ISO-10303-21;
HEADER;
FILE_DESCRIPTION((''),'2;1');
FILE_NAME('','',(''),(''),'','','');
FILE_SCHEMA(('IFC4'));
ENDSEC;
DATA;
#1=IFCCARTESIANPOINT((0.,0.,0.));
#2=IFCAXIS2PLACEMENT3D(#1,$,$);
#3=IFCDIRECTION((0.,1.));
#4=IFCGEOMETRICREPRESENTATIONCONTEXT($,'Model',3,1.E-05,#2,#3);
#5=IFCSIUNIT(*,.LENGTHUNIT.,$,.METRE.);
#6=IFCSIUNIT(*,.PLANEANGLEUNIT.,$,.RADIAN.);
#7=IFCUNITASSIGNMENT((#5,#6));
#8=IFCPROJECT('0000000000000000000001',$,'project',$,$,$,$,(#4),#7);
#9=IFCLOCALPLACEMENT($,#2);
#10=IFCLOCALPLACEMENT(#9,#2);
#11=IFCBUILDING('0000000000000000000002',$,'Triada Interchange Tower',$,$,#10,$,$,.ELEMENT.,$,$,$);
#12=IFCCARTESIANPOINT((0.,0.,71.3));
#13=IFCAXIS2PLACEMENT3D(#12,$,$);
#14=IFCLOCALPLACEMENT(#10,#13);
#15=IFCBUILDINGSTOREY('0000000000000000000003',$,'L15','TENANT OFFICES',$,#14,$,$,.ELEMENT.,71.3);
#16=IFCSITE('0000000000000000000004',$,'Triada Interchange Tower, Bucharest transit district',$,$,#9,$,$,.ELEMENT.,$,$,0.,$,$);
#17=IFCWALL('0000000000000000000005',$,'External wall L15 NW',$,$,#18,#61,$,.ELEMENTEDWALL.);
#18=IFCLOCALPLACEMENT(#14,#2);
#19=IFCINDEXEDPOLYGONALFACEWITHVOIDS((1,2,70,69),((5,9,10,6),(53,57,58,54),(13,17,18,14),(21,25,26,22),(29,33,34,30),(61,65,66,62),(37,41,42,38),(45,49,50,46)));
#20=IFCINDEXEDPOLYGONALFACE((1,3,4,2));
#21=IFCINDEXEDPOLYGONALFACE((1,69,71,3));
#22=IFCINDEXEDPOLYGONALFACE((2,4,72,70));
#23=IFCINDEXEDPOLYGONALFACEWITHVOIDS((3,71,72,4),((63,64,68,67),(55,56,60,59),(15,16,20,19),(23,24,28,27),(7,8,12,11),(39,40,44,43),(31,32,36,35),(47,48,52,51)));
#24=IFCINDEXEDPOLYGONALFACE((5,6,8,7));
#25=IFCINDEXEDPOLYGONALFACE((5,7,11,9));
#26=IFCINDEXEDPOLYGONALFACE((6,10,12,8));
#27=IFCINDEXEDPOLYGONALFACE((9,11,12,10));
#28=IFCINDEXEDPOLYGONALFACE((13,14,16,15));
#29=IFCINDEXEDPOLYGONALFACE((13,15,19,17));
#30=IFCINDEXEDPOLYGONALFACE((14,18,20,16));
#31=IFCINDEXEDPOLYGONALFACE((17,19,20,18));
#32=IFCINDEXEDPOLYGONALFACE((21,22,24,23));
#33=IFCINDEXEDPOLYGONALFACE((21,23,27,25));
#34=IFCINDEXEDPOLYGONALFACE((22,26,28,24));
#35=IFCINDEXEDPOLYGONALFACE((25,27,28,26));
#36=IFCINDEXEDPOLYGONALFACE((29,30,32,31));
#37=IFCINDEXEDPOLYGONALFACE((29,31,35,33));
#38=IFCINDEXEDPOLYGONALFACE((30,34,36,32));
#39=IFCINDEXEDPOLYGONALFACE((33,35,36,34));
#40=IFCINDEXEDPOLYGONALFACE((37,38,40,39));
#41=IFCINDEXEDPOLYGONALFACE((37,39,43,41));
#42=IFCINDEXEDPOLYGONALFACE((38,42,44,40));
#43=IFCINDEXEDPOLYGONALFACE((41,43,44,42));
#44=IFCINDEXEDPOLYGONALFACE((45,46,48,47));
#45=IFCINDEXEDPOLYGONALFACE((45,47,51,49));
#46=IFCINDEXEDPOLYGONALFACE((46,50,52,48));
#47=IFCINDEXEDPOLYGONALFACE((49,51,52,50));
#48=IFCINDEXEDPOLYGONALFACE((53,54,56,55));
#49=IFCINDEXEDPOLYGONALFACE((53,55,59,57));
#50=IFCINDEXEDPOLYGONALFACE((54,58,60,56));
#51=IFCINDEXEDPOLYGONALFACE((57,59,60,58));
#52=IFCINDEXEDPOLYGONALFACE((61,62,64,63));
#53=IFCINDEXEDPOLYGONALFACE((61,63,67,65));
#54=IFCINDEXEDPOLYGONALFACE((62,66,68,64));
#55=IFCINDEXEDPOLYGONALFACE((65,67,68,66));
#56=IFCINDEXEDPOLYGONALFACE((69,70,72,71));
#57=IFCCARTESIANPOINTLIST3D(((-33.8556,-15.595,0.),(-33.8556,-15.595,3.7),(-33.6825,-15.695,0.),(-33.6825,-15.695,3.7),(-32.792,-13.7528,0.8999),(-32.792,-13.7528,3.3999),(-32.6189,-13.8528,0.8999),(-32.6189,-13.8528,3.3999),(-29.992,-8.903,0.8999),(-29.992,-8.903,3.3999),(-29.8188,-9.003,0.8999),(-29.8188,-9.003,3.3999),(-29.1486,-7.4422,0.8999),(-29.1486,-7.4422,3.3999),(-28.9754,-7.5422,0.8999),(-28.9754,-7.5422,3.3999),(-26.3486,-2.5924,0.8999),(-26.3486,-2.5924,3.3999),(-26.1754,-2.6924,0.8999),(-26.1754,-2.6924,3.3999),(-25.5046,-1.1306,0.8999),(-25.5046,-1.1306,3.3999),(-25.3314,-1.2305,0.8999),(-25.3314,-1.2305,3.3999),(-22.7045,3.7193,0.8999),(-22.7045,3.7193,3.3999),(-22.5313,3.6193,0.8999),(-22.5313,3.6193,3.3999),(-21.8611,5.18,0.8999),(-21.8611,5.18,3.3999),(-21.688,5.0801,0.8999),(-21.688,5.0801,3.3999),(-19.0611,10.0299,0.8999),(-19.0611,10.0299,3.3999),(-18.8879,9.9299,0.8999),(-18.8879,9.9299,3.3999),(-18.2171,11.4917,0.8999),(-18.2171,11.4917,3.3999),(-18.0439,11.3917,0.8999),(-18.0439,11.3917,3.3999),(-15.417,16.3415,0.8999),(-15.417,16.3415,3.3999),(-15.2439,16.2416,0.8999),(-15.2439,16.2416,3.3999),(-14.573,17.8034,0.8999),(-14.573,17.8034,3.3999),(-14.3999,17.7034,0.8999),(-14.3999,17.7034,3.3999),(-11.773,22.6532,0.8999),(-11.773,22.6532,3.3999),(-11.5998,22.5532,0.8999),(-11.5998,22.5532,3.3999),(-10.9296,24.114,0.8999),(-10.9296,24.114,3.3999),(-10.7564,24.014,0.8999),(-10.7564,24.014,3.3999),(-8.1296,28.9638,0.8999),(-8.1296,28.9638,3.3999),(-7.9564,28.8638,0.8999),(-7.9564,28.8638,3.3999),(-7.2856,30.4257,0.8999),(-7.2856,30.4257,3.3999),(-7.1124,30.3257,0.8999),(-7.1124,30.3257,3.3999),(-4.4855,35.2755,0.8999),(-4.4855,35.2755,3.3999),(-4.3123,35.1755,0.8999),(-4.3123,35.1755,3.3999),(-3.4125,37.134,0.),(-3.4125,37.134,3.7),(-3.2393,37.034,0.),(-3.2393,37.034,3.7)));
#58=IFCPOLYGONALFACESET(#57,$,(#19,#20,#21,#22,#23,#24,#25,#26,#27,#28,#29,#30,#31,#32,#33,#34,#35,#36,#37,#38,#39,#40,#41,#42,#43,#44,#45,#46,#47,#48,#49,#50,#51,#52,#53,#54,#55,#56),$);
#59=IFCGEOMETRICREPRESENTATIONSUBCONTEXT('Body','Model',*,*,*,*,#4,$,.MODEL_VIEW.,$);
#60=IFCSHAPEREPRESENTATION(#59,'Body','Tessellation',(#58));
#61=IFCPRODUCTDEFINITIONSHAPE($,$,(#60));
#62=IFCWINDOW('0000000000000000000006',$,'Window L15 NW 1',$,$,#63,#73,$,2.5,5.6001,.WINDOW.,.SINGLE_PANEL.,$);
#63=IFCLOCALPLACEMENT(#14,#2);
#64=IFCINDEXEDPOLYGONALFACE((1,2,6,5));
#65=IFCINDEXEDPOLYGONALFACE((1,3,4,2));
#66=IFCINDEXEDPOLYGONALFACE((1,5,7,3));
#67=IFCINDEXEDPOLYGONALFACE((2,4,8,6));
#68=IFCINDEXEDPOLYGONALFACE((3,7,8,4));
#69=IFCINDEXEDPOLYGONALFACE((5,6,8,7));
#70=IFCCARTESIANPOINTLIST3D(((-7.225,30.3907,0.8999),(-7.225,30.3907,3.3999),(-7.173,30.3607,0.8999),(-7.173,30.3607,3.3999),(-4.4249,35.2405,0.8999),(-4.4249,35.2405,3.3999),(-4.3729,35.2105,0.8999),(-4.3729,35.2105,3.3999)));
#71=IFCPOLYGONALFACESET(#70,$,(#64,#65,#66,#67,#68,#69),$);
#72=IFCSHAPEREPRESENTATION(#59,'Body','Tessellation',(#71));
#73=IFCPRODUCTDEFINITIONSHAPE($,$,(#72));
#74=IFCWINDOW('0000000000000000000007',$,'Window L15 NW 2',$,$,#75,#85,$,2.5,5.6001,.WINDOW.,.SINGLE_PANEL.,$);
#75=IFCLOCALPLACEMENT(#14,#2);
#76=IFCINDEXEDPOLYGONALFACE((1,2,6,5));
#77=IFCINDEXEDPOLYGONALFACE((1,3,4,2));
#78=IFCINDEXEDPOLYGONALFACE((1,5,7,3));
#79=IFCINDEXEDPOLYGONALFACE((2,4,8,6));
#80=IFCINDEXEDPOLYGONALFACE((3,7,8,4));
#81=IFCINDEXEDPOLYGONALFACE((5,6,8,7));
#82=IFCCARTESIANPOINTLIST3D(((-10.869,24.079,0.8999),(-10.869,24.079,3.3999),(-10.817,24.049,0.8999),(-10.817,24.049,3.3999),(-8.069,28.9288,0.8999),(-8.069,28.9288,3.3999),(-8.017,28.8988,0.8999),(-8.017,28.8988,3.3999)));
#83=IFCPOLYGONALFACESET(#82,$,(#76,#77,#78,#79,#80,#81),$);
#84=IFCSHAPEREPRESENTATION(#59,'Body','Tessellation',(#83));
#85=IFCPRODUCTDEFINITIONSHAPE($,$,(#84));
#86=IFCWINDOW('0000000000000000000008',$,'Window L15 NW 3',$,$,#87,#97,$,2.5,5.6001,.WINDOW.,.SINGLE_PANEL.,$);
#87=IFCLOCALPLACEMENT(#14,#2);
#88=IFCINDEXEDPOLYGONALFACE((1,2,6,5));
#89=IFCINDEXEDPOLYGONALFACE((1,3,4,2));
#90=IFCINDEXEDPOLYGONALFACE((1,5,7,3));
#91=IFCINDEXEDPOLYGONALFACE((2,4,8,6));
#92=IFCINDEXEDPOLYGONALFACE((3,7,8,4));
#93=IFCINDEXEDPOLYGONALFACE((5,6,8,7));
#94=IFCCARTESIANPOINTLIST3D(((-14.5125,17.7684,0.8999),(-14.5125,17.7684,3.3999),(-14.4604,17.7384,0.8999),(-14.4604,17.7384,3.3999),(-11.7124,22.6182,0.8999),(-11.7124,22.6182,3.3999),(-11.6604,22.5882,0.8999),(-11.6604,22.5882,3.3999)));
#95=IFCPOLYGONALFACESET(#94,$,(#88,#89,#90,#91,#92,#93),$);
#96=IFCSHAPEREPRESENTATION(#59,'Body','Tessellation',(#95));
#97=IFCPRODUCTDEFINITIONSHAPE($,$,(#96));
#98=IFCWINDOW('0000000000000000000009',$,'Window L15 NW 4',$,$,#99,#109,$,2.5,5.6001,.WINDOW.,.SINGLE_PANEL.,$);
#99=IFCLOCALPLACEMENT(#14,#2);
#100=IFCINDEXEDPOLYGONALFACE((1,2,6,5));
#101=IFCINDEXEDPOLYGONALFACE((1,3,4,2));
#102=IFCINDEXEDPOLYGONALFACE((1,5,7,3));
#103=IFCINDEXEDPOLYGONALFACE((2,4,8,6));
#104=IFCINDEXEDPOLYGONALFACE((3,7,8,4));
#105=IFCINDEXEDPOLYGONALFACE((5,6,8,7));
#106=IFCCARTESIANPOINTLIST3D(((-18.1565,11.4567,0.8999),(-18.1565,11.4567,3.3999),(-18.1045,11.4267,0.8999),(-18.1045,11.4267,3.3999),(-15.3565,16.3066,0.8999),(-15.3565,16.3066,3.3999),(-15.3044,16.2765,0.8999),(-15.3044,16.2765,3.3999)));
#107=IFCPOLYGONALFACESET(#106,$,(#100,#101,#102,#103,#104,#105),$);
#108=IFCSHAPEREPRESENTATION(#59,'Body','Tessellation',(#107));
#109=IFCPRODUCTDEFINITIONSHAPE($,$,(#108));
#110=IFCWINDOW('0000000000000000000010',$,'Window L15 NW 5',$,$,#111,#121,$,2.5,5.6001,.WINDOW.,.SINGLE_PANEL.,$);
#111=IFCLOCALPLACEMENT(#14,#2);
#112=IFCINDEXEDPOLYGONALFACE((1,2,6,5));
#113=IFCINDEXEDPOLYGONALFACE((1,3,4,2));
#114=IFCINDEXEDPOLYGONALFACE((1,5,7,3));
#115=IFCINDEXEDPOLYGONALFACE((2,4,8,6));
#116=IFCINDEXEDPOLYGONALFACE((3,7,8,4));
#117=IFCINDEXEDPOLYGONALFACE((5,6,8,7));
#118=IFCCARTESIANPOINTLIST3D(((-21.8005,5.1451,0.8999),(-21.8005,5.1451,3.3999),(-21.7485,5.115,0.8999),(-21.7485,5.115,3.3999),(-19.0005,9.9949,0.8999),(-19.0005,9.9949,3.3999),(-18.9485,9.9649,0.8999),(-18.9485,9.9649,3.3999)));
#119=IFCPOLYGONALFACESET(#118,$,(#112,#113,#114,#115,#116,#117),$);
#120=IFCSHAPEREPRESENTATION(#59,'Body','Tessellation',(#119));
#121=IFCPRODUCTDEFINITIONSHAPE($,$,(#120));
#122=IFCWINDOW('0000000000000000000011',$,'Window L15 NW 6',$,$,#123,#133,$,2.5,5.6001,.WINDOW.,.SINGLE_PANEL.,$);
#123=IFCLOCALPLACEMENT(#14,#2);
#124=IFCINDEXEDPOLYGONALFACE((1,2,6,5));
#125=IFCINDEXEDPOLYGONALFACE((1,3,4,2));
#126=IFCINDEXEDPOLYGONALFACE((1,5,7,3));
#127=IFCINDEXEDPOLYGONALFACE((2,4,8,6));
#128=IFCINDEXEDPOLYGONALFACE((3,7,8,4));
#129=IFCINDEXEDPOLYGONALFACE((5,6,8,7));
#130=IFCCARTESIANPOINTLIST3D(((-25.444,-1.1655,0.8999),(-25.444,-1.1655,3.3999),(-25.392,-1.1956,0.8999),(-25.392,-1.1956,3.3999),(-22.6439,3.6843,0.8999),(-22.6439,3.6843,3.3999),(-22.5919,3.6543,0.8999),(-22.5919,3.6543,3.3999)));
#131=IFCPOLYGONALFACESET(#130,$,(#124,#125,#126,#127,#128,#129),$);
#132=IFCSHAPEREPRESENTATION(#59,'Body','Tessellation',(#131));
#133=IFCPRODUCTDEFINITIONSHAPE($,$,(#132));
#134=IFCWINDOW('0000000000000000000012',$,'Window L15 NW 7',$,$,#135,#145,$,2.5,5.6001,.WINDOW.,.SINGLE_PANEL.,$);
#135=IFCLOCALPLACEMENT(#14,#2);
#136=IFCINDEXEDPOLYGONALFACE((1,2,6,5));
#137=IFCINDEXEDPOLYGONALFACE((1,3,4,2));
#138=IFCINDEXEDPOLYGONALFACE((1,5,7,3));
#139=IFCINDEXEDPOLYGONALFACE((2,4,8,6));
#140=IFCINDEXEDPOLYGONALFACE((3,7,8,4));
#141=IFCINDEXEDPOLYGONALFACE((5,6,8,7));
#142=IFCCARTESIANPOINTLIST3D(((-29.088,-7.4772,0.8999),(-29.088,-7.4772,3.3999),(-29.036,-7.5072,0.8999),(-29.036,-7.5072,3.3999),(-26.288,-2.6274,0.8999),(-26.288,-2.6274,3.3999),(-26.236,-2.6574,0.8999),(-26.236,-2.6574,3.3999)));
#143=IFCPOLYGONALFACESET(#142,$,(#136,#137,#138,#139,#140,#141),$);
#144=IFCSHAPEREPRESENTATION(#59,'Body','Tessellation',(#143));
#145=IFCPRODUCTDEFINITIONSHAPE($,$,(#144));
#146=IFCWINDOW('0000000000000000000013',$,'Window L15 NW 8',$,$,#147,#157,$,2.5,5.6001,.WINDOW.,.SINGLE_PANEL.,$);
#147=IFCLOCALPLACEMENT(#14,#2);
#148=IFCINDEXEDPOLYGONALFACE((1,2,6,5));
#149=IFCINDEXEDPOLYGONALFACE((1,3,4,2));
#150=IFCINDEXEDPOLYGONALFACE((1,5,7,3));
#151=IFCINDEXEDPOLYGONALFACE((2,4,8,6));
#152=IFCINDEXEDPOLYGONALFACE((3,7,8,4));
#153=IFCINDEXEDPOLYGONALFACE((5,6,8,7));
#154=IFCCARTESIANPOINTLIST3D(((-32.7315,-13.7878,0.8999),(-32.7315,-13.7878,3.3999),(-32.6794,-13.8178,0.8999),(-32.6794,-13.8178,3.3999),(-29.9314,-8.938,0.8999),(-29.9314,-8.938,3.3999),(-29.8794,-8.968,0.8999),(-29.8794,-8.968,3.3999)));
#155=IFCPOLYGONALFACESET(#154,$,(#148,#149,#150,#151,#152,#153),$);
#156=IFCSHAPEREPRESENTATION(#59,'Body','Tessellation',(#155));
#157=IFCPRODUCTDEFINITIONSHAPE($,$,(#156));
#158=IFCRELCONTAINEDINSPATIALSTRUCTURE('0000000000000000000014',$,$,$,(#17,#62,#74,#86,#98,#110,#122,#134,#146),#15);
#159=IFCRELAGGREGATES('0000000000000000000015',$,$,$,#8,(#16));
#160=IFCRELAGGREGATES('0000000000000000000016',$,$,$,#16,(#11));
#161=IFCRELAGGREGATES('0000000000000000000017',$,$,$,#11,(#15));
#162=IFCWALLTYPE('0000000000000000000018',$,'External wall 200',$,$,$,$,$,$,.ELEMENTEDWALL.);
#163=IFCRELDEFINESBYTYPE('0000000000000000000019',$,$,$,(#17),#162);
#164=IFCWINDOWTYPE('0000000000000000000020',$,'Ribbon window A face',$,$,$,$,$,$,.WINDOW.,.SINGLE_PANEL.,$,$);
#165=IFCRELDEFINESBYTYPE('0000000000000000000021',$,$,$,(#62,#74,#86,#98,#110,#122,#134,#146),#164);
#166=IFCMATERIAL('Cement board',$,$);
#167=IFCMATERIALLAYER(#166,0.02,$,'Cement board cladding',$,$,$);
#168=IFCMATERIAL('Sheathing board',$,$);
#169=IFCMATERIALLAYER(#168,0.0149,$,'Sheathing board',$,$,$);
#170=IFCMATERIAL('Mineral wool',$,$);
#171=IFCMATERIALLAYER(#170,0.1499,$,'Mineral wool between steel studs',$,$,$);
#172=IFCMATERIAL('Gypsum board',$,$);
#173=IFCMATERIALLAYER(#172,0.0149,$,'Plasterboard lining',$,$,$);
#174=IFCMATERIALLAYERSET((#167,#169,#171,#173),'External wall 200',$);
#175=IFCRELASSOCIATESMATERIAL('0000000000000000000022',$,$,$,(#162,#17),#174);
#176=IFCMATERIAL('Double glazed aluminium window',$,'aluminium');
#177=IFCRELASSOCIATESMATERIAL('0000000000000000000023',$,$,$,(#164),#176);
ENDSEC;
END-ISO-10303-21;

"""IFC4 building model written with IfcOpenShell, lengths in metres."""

from ifc_helpers import new_model, si_unit, direction, frame, frame_2d, origin, place, context, subcontext, project, spatial, rectangle, extrude, material, layer, layer_set, layer_usage, type_object, element, fill, save


model = new_model("IFC4")

# Units and contexts
model_context = context("Model", 3, precision=1e-05, world=origin(), true_north=direction((0.0, 1.0)))
body_context = subcontext(model_context, "Body", "Model", "MODEL_VIEW")
ifc_project = project(units=[si_unit("LENGTHUNIT", "METRE"), si_unit("PLANEANGLEUNIT", "RADIAN")], contexts=[model_context])

# Site, building, storey
site_placement = place(None, origin())
site = spatial("IfcSite", under=ifc_project, at=site_placement, Name="Triada Interchange Tower, Bucharest transit district", CompositionType="ELEMENT", RefElevation=0.0)
building_placement = place(site_placement, origin())
building = spatial("IfcBuilding", under=site, at=building_placement, Name="Triada Interchange Tower", CompositionType="ELEMENT")
storey_placement = place(building_placement, frame((0.0, 0.0, 71.3)))
storey = spatial("IfcBuildingStorey", under=building, at=storey_placement, Name="L15", Description="TENANT OFFICES", CompositionType="ELEMENT", Elevation=71.3)

# Wall, openings, windows
ifc_material_1 = material(Name="Cement board")
ifc_layer_1 = layer(ifc_material_1, 0.02, Name="Cement board cladding")
ifc_material_2 = material(Name="Sheathing board")
ifc_layer_2 = layer(ifc_material_2, 0.0149, Name="Sheathing board")
ifc_material_3 = material(Name="Mineral wool")
ifc_layer_3 = layer(ifc_material_3, 0.1499, Name="Mineral wool between steel studs")
ifc_material_4 = material(Name="Gypsum board")
ifc_layer_4 = layer(ifc_material_4, 0.0149, Name="Plasterboard lining")
ifc_layer_set_1 = layer_set([ifc_layer_1, ifc_layer_2, ifc_layer_3, ifc_layer_4], Name="External wall 200")
ifc_layer_usage = layer_usage(ifc_layer_set_1, "AXIS2", "POSITIVE", -0.1001)
wall_type_1 = type_object("IfcWallType", Name="External wall 200", PredefinedType="ELEMENTEDWALL", material=ifc_layer_set_1)
wall_1_placement = place(storey_placement, frame((-3.3259, 37.084, 0.0), z_axis=(0.0, 0.0, 1.0), x_axis=(-0.5, -0.866025, 0.0)))
wall_1 = element("IfcWall", 1, at=wall_1_placement, inside=storey, type_object=wall_type_1, material=ifc_layer_usage, Name="External wall L15 NW", PredefinedType="ELEMENTEDWALL", context=body_context, shape_type="SweptSolid", body=[
    extrude(rectangle(XDim=60.8862, YDim=0.2, at=frame_2d((30.4431, 0.0))), origin(), (0.0, 0.0, 1.0), 3.7),
])
opening_1_placement = place(wall_1_placement, frame((2.146, 0.0, 0.8999)))
opening_1 = element("IfcOpeningElement", 2, at=opening_1_placement, cuts=wall_1, PredefinedType="OPENING", context=body_context, shape_type="SweptSolid", body=[
    extrude(rectangle(XDim=5.6001, YDim=2.5, at=frame_2d((2.8, 1.25))), frame((0.0, 0.1099, 0.0), z_axis=(0.0, -1.0, 0.0), x_axis=(1.0, 0.0, 0.0)), (0.0, 0.0, 1.0), 0.22),
])
opening_2_placement = place(wall_1_placement, frame((9.4341, 0.0, 0.8999)))
opening_2 = element("IfcOpeningElement", 3, at=opening_2_placement, cuts=wall_1, PredefinedType="OPENING", context=body_context, shape_type="SweptSolid", body=[
    extrude(rectangle(XDim=5.6001, YDim=2.5, at=frame_2d((2.8, 1.25))), frame((0.0, 0.1099, 0.0), z_axis=(0.0, -1.0, 0.0), x_axis=(1.0, 0.0, 0.0)), (0.0, 0.0, 1.0), 0.22),
])
opening_3_placement = place(wall_1_placement, frame((16.7209, 0.0, 0.8999)))
opening_3 = element("IfcOpeningElement", 4, at=opening_3_placement, cuts=wall_1, PredefinedType="OPENING", context=body_context, shape_type="SweptSolid", body=[
    extrude(rectangle(XDim=5.6001, YDim=2.5, at=frame_2d((2.8, 1.25))), frame((0.0, 0.1099, 0.0), z_axis=(0.0, -1.0, 0.0), x_axis=(1.0, 0.0, 0.0)), (0.0, 0.0, 1.0), 0.22),
])
opening_4_placement = place(wall_1_placement, frame((24.009, 0.0, 0.8999)))
opening_4 = element("IfcOpeningElement", 5, at=opening_4_placement, cuts=wall_1, PredefinedType="OPENING", context=body_context, shape_type="SweptSolid", body=[
    extrude(rectangle(XDim=5.6001, YDim=2.5, at=frame_2d((2.8, 1.25))), frame((0.0, 0.1099, 0.0), z_axis=(0.0, -1.0, 0.0), x_axis=(1.0, 0.0, 0.0)), (0.0, 0.0, 1.0), 0.22),
])
opening_5_placement = place(wall_1_placement, frame((31.2971, 0.0, 0.8999)))
opening_5 = element("IfcOpeningElement", 6, at=opening_5_placement, cuts=wall_1, PredefinedType="OPENING", context=body_context, shape_type="SweptSolid", body=[
    extrude(rectangle(XDim=5.6001, YDim=2.5, at=frame_2d((2.8, 1.25))), frame((0.0, 0.1099, 0.0), z_axis=(0.0, -1.0, 0.0), x_axis=(1.0, 0.0, 0.0)), (0.0, 0.0, 1.0), 0.22),
])
opening_6_placement = place(wall_1_placement, frame((38.584, 0.0, 0.8999)))
opening_6 = element("IfcOpeningElement", 7, at=opening_6_placement, cuts=wall_1, PredefinedType="OPENING", context=body_context, shape_type="SweptSolid", body=[
    extrude(rectangle(XDim=5.6001, YDim=2.5, at=frame_2d((2.8, 1.25))), frame((0.0, 0.1099, 0.0), z_axis=(0.0, -1.0, 0.0), x_axis=(1.0, 0.0, 0.0)), (0.0, 0.0, 1.0), 0.22),
])
opening_7_placement = place(wall_1_placement, frame((45.8721, 0.0, 0.8999)))
opening_7 = element("IfcOpeningElement", 8, at=opening_7_placement, cuts=wall_1, PredefinedType="OPENING", context=body_context, shape_type="SweptSolid", body=[
    extrude(rectangle(XDim=5.6001, YDim=2.5, at=frame_2d((2.8, 1.25))), frame((0.0, 0.1099, 0.0), z_axis=(0.0, -1.0, 0.0), x_axis=(1.0, 0.0, 0.0)), (0.0, 0.0, 1.0), 0.22),
])
opening_8_placement = place(wall_1_placement, frame((53.1589, 0.0, 0.8999)))
opening_8 = element("IfcOpeningElement", 9, at=opening_8_placement, cuts=wall_1, PredefinedType="OPENING", context=body_context, shape_type="SweptSolid", body=[
    extrude(rectangle(XDim=5.6001, YDim=2.5, at=frame_2d((2.8, 1.25))), frame((0.0, 0.1099, 0.0), z_axis=(0.0, -1.0, 0.0), x_axis=(1.0, 0.0, 0.0)), (0.0, 0.0, 1.0), 0.22),
])
ifc_material_5 = material(Name="Double glazed aluminium window", Category="aluminium")
window_type = type_object("IfcWindowType", Name="Ribbon window A face", PartitioningType="SINGLE_PANEL", PredefinedType="WINDOW", material=ifc_material_5)
window_1_placement = place(opening_1_placement, origin())
window_1 = element("IfcWindow", 10, at=window_1_placement, inside=storey, type_object=window_type, Name="Window L15 NW 1", OverallHeight=2.5, OverallWidth=5.6001, PartitioningType="SINGLE_PANEL", PredefinedType="WINDOW", context=body_context, shape_type="SweptSolid", body=[
    extrude(rectangle(XDim=5.6001, YDim=2.5, at=frame_2d((2.8, 1.25))), frame((0.0, 0.03, 0.0), z_axis=(0.0, -1.0, 0.0), x_axis=(1.0, 0.0, 0.0)), (0.0, 0.0, 1.0), 0.0601),
])
fill(opening_1, window_1)
window_2_placement = place(opening_2_placement, origin())
window_2 = element("IfcWindow", 11, at=window_2_placement, inside=storey, type_object=window_type, Name="Window L15 NW 2", OverallHeight=2.5, OverallWidth=5.6001, PartitioningType="SINGLE_PANEL", PredefinedType="WINDOW", context=body_context, shape_type="SweptSolid", body=[
    extrude(rectangle(XDim=5.6001, YDim=2.5, at=frame_2d((2.8, 1.25))), frame((0.0, 0.03, 0.0), z_axis=(0.0, -1.0, 0.0), x_axis=(1.0, 0.0, 0.0)), (0.0, 0.0, 1.0), 0.0601),
])
fill(opening_2, window_2)
window_3_placement = place(opening_3_placement, origin())
window_3 = element("IfcWindow", 12, at=window_3_placement, inside=storey, type_object=window_type, Name="Window L15 NW 3", OverallHeight=2.5, OverallWidth=5.6001, PartitioningType="SINGLE_PANEL", PredefinedType="WINDOW", context=body_context, shape_type="SweptSolid", body=[
    extrude(rectangle(XDim=5.6001, YDim=2.5, at=frame_2d((2.8, 1.25))), frame((0.0, 0.03, 0.0), z_axis=(0.0, -1.0, 0.0), x_axis=(1.0, 0.0, 0.0)), (0.0, 0.0, 1.0), 0.0601),
])
fill(opening_3, window_3)
window_4_placement = place(opening_4_placement, origin())
window_4 = element("IfcWindow", 13, at=window_4_placement, inside=storey, type_object=window_type, Name="Window L15 NW 4", OverallHeight=2.5, OverallWidth=5.6001, PartitioningType="SINGLE_PANEL", PredefinedType="WINDOW", context=body_context, shape_type="SweptSolid", body=[
    extrude(rectangle(XDim=5.6001, YDim=2.5, at=frame_2d((2.8, 1.25))), frame((0.0, 0.03, 0.0), z_axis=(0.0, -1.0, 0.0), x_axis=(1.0, 0.0, 0.0)), (0.0, 0.0, 1.0), 0.0601),
])
fill(opening_4, window_4)
window_5_placement = place(opening_5_placement, origin())
window_5 = element("IfcWindow", 14, at=window_5_placement, inside=storey, type_object=window_type, Name="Window L15 NW 5", OverallHeight=2.5, OverallWidth=5.6001, PartitioningType="SINGLE_PANEL", PredefinedType="WINDOW", context=body_context, shape_type="SweptSolid", body=[
    extrude(rectangle(XDim=5.6001, YDim=2.5, at=frame_2d((2.8, 1.25))), frame((0.0, 0.03, 0.0), z_axis=(0.0, -1.0, 0.0), x_axis=(1.0, 0.0, 0.0)), (0.0, 0.0, 1.0), 0.0601),
])
fill(opening_5, window_5)
window_6_placement = place(opening_6_placement, origin())
window_6 = element("IfcWindow", 15, at=window_6_placement, inside=storey, type_object=window_type, Name="Window L15 NW 6", OverallHeight=2.5, OverallWidth=5.6001, PartitioningType="SINGLE_PANEL", PredefinedType="WINDOW", context=body_context, shape_type="SweptSolid", body=[
    extrude(rectangle(XDim=5.6001, YDim=2.5, at=frame_2d((2.8, 1.25))), frame((0.0, 0.03, 0.0), z_axis=(0.0, -1.0, 0.0), x_axis=(1.0, 0.0, 0.0)), (0.0, 0.0, 1.0), 0.0601),
])
fill(opening_6, window_6)
window_7_placement = place(opening_7_placement, origin())
window_7 = element("IfcWindow", 16, at=window_7_placement, inside=storey, type_object=window_type, Name="Window L15 NW 7", OverallHeight=2.5, OverallWidth=5.6001, PartitioningType="SINGLE_PANEL", PredefinedType="WINDOW", context=body_context, shape_type="SweptSolid", body=[
    extrude(rectangle(XDim=5.6001, YDim=2.5, at=frame_2d((2.8, 1.25))), frame((0.0, 0.03, 0.0), z_axis=(0.0, -1.0, 0.0), x_axis=(1.0, 0.0, 0.0)), (0.0, 0.0, 1.0), 0.0601),
])
fill(opening_7, window_7)
window_8_placement = place(opening_8_placement, origin())
window_8 = element("IfcWindow", 17, at=window_8_placement, inside=storey, type_object=window_type, Name="Window L15 NW 8", OverallHeight=2.5, OverallWidth=5.6001, PartitioningType="SINGLE_PANEL", PredefinedType="WINDOW", context=body_context, shape_type="SweptSolid", body=[
    extrude(rectangle(XDim=5.6001, YDim=2.5, at=frame_2d((2.8, 1.25))), frame((0.0, 0.03, 0.0), z_axis=(0.0, -1.0, 0.0), x_axis=(1.0, 0.0, 0.0)), (0.0, 0.0, 1.0), 0.0601),
])
fill(opening_8, window_8)

save(model, "model.ifc")
